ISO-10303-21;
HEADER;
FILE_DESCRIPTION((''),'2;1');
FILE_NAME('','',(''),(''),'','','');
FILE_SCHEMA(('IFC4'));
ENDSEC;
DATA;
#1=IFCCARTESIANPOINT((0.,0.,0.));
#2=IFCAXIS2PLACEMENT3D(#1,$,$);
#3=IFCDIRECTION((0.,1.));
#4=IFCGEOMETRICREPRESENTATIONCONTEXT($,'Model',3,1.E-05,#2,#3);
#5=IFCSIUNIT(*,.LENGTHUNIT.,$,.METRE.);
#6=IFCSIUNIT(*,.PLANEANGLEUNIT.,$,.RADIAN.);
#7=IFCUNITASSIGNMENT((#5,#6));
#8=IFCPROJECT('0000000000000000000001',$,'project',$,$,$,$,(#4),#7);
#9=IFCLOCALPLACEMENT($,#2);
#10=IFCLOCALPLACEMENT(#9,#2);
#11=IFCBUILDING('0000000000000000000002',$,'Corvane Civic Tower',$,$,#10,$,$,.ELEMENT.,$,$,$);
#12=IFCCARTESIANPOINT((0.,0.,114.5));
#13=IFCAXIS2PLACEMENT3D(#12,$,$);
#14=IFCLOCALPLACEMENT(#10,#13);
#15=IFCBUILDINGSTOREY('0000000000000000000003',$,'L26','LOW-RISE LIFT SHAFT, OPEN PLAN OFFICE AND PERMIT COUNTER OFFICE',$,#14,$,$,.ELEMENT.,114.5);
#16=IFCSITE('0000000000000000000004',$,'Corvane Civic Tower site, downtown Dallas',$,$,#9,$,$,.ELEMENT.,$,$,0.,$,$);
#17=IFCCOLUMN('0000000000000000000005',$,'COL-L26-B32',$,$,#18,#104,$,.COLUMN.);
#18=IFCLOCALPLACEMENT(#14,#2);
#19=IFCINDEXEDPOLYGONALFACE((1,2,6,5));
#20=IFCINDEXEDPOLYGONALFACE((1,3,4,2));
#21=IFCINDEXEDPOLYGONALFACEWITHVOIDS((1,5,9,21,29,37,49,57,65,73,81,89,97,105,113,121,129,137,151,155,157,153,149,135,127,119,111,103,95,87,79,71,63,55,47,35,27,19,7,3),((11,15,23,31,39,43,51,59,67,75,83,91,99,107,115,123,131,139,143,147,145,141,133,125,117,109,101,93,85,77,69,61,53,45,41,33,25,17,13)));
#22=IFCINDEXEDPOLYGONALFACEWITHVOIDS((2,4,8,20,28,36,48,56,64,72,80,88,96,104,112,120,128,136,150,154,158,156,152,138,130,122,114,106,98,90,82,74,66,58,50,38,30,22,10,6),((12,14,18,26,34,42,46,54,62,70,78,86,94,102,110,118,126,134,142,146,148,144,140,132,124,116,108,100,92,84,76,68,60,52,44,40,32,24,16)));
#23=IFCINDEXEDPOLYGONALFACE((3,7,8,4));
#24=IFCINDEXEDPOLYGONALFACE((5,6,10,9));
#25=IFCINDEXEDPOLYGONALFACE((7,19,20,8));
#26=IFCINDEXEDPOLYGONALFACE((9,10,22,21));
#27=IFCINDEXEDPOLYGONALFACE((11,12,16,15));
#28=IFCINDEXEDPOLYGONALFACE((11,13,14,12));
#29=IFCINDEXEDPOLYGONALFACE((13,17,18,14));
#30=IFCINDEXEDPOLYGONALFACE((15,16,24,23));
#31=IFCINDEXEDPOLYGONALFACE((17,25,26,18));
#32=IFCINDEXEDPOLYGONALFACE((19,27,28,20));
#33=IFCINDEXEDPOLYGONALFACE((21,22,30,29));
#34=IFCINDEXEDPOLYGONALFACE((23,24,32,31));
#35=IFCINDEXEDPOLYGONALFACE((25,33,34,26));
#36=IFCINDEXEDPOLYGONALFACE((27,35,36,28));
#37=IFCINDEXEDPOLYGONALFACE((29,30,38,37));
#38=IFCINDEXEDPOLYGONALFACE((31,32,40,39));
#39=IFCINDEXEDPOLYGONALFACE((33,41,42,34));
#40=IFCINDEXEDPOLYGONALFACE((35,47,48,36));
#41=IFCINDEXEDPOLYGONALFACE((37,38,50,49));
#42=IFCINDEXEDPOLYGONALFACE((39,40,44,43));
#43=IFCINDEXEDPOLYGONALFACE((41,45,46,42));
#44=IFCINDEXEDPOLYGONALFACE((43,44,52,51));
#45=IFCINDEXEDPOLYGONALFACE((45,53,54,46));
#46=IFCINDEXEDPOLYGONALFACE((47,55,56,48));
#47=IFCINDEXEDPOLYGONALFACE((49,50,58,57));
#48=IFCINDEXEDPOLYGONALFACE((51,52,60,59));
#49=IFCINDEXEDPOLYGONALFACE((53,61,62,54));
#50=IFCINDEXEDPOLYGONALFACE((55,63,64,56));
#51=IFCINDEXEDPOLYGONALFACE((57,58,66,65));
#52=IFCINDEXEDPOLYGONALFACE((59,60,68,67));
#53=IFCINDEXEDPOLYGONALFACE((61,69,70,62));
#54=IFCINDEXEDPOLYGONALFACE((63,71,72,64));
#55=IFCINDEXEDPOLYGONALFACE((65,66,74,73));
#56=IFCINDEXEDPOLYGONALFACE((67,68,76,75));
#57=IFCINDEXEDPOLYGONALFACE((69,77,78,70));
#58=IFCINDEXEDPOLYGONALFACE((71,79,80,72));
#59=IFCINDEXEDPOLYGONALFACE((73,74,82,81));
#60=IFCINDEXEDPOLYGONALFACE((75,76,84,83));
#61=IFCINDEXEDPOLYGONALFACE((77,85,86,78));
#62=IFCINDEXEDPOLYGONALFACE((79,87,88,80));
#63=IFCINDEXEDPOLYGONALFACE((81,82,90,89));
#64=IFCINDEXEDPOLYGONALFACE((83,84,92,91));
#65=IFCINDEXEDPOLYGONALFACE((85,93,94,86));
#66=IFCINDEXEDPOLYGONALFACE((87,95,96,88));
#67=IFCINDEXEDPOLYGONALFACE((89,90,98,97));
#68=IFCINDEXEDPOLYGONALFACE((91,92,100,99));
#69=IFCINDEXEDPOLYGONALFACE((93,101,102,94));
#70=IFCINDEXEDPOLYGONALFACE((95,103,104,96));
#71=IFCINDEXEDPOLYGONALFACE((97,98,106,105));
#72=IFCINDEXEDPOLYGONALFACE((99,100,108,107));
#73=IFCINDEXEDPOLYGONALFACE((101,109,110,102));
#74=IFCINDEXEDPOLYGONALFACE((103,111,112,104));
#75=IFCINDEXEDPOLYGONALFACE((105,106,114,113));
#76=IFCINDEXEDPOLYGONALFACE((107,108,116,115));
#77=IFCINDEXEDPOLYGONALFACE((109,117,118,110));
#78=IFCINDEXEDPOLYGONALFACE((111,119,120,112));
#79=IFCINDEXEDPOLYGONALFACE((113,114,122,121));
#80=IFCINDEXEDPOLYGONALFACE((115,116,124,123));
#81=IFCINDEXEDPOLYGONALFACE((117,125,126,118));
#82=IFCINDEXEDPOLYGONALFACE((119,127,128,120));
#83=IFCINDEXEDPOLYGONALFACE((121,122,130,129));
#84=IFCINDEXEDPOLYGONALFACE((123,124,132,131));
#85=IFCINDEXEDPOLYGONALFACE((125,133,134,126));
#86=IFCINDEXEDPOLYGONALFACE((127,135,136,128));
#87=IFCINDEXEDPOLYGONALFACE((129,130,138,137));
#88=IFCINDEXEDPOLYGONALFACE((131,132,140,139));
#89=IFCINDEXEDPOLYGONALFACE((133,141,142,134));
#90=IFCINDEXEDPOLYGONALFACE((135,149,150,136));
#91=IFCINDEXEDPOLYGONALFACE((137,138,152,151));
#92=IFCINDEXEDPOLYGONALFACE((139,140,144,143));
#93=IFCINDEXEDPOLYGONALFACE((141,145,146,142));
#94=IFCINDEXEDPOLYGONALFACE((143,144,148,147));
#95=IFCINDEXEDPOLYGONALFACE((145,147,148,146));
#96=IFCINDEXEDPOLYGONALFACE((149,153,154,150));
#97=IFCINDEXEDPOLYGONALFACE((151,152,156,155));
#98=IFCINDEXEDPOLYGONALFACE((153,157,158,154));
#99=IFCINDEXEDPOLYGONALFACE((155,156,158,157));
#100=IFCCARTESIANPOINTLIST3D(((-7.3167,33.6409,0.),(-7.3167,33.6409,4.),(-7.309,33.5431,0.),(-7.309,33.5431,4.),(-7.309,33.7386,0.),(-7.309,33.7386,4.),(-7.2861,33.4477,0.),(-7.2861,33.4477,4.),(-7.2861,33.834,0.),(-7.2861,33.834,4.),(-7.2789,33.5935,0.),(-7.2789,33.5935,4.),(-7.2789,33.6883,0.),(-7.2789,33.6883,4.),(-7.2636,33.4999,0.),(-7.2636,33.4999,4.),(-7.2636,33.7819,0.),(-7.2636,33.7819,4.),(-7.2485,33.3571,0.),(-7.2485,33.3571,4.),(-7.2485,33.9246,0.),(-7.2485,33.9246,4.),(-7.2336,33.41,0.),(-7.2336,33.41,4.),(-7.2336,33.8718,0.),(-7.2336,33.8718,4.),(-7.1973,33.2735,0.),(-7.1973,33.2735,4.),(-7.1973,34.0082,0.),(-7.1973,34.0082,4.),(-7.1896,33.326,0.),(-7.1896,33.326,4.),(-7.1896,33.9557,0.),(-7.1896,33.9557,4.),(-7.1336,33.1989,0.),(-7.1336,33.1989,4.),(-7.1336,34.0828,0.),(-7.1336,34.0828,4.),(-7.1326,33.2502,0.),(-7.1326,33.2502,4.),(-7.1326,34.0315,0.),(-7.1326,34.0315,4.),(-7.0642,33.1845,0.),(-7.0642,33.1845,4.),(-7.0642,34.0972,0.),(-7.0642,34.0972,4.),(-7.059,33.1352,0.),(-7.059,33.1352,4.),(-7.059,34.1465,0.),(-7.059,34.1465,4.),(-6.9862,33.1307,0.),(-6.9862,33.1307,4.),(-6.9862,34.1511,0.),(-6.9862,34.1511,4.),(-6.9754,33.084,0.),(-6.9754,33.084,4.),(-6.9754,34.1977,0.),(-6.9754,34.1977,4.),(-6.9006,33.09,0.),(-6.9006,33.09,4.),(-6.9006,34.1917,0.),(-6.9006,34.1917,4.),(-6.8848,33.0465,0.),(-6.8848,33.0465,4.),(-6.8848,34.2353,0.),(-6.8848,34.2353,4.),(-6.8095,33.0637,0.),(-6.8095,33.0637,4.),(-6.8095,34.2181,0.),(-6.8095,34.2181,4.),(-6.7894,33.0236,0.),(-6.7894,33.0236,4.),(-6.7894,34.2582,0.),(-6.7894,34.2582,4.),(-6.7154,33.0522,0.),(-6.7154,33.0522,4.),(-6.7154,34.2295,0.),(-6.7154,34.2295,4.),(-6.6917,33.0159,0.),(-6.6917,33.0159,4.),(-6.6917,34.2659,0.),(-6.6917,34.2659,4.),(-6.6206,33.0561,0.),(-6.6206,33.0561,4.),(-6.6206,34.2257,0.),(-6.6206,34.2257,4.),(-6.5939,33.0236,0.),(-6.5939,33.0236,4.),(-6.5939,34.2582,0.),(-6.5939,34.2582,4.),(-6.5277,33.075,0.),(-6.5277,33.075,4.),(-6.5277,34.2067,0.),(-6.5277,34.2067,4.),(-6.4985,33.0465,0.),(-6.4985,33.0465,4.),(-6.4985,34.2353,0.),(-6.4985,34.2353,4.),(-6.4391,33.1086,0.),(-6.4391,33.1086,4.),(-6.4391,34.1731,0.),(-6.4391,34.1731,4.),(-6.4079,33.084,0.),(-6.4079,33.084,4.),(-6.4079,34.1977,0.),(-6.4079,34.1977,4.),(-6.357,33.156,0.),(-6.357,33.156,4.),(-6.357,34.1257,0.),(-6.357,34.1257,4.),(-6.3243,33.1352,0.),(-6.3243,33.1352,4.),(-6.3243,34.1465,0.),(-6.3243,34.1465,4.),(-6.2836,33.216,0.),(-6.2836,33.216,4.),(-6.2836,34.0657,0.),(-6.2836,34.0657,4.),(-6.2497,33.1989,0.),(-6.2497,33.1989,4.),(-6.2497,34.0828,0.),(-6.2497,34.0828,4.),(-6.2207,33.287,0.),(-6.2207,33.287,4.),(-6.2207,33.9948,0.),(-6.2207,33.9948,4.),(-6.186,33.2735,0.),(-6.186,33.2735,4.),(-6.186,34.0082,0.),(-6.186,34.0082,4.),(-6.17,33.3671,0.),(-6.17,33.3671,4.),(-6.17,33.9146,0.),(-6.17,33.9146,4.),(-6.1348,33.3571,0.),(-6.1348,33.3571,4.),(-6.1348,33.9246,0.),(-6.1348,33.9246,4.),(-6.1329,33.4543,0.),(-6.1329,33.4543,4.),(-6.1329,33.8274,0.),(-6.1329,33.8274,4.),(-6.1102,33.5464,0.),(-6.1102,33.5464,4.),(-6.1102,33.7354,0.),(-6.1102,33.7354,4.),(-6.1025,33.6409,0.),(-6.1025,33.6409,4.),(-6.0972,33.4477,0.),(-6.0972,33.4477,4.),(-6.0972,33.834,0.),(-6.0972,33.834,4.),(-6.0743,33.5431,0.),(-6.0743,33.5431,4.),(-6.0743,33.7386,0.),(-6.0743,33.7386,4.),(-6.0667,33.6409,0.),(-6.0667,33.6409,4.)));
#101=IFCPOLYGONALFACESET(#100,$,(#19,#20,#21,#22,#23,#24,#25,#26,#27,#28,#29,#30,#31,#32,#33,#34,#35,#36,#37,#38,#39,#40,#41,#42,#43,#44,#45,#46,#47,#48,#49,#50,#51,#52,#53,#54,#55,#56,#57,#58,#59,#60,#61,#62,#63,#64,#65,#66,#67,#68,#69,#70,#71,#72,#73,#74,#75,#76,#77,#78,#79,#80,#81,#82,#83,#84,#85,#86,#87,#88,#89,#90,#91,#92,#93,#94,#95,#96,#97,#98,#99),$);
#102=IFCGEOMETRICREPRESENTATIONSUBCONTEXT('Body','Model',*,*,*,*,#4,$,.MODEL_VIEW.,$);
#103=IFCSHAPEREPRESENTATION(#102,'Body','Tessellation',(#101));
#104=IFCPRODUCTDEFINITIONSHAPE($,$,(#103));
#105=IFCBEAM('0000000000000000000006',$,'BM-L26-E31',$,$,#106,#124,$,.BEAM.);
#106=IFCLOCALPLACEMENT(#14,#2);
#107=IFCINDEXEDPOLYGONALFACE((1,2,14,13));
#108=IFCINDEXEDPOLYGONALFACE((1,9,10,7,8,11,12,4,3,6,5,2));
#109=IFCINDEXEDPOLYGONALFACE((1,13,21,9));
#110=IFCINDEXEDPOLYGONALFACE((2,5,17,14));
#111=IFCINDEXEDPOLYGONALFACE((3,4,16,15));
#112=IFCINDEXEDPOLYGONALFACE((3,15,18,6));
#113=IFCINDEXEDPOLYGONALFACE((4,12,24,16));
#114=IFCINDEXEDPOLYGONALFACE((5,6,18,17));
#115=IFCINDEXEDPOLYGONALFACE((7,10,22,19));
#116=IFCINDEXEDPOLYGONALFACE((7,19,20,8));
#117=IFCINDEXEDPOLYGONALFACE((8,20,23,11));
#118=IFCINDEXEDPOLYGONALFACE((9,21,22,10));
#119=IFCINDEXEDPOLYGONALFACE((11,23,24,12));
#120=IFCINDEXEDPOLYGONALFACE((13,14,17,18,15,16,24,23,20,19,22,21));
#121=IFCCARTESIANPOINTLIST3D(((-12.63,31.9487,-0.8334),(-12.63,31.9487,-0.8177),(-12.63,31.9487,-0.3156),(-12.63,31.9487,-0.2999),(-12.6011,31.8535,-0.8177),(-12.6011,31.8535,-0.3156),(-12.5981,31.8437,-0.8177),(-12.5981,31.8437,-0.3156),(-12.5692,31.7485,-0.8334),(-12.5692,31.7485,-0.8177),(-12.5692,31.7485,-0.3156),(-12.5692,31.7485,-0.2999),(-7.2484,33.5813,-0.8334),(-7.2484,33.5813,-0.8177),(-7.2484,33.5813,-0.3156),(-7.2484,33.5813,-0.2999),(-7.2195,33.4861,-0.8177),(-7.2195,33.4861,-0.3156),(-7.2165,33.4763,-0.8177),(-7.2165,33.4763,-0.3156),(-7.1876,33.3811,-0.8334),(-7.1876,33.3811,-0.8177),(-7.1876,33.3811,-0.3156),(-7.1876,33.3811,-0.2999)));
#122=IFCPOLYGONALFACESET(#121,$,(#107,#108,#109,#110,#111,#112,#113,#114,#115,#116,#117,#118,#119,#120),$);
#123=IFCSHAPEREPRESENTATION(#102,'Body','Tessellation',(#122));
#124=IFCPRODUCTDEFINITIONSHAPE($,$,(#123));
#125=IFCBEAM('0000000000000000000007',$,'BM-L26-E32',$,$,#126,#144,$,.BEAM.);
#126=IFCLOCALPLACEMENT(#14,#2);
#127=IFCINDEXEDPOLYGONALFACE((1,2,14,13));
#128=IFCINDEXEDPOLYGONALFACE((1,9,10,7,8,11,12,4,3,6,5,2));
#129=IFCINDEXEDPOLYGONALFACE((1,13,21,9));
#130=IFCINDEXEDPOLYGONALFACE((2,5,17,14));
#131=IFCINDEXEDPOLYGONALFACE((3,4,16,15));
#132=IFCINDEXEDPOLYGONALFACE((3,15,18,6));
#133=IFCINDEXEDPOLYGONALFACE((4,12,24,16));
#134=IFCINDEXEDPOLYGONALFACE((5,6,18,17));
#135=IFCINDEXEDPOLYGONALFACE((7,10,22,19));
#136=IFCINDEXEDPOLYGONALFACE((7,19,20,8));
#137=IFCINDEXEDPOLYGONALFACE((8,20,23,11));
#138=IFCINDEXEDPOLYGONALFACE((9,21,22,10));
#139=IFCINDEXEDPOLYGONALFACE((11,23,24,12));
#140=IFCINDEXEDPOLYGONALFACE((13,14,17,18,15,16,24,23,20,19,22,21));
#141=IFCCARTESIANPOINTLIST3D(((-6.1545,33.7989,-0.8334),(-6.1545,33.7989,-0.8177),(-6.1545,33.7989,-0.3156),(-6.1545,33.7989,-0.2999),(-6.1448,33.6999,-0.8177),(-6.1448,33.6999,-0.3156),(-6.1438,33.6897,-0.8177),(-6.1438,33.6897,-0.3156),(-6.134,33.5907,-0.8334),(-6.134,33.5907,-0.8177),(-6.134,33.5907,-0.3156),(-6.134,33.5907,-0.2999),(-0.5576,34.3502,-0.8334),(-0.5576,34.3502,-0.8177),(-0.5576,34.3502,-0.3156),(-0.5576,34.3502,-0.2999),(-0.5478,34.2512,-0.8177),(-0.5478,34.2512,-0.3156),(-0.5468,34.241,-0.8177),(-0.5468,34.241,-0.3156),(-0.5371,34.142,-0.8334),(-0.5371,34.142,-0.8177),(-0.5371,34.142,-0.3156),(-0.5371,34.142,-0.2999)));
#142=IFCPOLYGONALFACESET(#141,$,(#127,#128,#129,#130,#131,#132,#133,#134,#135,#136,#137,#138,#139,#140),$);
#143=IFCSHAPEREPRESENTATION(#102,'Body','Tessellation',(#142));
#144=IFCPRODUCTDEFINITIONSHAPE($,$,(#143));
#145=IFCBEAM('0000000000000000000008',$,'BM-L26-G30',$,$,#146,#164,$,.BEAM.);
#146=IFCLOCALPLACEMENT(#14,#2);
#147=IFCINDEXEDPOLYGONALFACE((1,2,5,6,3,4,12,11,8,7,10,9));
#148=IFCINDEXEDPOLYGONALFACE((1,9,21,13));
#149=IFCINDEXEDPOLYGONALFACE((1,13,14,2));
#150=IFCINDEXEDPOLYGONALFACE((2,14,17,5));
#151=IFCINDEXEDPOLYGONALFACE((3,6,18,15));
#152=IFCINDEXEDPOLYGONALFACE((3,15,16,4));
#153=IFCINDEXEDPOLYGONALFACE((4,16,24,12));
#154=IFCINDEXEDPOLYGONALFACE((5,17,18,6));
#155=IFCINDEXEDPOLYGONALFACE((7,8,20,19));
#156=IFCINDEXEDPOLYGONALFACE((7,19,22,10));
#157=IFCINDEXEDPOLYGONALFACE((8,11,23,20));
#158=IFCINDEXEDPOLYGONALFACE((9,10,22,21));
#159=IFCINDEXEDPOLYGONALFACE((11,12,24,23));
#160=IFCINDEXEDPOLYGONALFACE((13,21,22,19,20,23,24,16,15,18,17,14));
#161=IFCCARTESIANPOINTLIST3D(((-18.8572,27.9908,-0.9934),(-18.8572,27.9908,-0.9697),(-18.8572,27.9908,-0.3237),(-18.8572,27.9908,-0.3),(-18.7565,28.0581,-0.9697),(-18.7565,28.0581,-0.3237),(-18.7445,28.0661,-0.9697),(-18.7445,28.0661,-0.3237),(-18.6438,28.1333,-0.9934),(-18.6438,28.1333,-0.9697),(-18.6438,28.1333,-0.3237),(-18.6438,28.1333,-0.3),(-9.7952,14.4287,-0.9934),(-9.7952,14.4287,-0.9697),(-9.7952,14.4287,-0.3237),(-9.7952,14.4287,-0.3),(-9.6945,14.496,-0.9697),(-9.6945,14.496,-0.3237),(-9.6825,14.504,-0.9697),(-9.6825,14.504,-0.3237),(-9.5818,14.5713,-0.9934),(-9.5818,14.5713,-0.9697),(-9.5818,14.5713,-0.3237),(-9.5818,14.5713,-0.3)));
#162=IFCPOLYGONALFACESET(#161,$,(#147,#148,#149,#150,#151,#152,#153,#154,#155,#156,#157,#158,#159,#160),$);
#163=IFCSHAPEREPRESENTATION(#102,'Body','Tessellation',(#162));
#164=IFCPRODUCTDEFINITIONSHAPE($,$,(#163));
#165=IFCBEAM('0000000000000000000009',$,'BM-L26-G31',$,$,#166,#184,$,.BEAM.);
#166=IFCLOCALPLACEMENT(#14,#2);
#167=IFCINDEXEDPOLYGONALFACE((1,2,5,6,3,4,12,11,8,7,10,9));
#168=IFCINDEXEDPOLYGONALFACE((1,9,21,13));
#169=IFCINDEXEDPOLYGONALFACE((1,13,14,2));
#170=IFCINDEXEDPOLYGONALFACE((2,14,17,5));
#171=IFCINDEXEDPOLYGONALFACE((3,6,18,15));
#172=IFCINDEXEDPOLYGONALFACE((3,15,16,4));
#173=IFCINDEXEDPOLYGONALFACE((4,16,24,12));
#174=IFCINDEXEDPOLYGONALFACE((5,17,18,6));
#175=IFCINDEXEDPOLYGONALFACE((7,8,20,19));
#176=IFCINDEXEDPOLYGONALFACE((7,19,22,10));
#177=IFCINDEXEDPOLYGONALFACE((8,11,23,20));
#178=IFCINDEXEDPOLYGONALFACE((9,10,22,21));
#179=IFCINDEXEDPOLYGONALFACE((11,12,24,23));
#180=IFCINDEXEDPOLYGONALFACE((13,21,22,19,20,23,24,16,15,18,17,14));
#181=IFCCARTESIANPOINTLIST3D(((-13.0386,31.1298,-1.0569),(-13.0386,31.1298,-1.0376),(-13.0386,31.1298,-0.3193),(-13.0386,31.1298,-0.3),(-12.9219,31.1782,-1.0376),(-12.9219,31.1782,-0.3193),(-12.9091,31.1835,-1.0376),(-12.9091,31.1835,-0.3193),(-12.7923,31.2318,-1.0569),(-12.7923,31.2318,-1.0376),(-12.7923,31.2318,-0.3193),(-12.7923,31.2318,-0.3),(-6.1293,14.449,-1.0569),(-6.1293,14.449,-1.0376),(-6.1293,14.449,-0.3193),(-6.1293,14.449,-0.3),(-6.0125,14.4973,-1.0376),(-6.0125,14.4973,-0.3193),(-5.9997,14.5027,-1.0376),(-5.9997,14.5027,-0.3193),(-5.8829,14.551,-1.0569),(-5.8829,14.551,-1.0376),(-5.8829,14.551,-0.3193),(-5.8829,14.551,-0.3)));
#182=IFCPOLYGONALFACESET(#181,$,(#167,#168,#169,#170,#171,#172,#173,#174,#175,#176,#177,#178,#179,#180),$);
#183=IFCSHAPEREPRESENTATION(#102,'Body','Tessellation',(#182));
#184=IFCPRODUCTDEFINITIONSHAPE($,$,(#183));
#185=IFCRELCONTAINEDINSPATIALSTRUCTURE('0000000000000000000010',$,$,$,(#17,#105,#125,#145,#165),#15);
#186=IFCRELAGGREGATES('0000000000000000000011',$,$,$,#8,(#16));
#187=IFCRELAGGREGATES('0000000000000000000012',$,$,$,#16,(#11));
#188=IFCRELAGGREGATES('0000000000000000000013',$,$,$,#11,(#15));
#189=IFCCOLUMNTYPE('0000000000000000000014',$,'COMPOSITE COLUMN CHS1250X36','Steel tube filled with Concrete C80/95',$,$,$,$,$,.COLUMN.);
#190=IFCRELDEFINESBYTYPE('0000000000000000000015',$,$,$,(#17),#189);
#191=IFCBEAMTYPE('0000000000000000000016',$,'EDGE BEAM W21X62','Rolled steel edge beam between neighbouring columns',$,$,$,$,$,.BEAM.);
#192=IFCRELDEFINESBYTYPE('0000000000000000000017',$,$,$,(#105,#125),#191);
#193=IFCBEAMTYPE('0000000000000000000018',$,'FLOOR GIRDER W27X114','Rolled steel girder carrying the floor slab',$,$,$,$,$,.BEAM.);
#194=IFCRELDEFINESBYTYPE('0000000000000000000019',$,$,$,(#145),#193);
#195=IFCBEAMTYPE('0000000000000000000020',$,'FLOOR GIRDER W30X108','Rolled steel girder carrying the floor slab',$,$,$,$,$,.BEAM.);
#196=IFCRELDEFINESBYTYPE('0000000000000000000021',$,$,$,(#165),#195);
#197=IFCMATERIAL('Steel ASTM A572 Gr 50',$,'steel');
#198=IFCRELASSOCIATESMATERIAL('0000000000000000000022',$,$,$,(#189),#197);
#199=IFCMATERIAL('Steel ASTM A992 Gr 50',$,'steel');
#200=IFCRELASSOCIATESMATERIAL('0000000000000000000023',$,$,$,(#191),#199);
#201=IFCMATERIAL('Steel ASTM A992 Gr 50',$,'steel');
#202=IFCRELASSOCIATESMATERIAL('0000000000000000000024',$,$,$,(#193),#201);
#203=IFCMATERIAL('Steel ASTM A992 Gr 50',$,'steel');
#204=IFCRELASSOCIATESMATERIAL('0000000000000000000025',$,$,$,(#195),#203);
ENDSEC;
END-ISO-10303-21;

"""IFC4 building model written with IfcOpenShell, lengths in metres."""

from ifc_helpers import new_model, si_unit, direction, frame, origin, origin_2d, place, context, subcontext, project, spatial, hollow_circle, i_section, extrude, material, material_profile, profile_set, type_object, element, save


model = new_model("IFC4")

# Units and contexts
model_context = context("Model", 3, precision=1e-05, world=origin(), true_north=direction((0.0, 1.0)))
body_context = subcontext(model_context, "Body", "Model", "MODEL_VIEW")
ifc_project = project(units=[si_unit("LENGTHUNIT", "METRE"), si_unit("PLANEANGLEUNIT", "RADIAN")], contexts=[model_context])

# Site, building, storey
site_placement = place(None, origin())
site = spatial("IfcSite", under=ifc_project, at=site_placement, Name="Corvane Civic Tower site, downtown Dallas", CompositionType="ELEMENT", RefElevation=0.0)
building_placement = place(site_placement, origin())
building = spatial("IfcBuilding", under=site, at=building_placement, Name="Corvane Civic Tower", CompositionType="ELEMENT")
storey_placement = place(building_placement, frame((0.0, 0.0, 114.5)))
storey = spatial("IfcBuildingStorey", under=building, at=storey_placement, Name="L26", Description="LOW-RISE LIFT SHAFT, OPEN PLAN OFFICE AND PERMIT COUNTER OFFICE", CompositionType="ELEMENT", Elevation=114.5)

# Column
ifc_material_1 = material(Name="Steel ASTM A572 Gr 50", Category="steel")
ifc_material_profile_1 = material_profile(ifc_material_1, hollow_circle(Radius=0.625, WallThickness=0.0359, at=origin_2d()), Name="CHS1250X36")
ifc_profile_set_1 = profile_set([ifc_material_profile_1], Name="Steel ASTM A572 Gr 50")
column_type = type_object("IfcColumnType", Name="COMPOSITE COLUMN CHS1250X36", Description="Steel tube filled with Concrete C80/95", PredefinedType="COLUMN", material=ifc_profile_set_1)
for number, where, z_axis, x_axis, name in (
    (1, (-6.6917, 33.6409, 0.0), (0.0, 0.0, 1.0), (1.0, 0.0, 0.0), "COL-L26-B32"),
):
    element("IfcColumn", number, at=place(storey_placement, frame(where, z_axis=z_axis, x_axis=x_axis)), inside=storey, type_object=column_type, Name=name, PredefinedType="COLUMN", context=body_context, shape_type="SweptSolid", body=[
        extrude(hollow_circle(Radius=0.625, WallThickness=0.0359, at=origin_2d()), origin(), (0.0, 0.0, 1.0), 4.0),
    ])

# Beams
ifc_material_2 = material(Name="Steel ASTM A992 Gr 50", Category="steel")
ifc_material_profile_2 = material_profile(ifc_material_2, i_section(OverallWidth=0.2092, OverallDepth=0.5334, WebThickness=0.0103, FlangeThickness=0.0156, at=origin_2d()), Name="W21X62")
ifc_profile_set_2 = profile_set([ifc_material_profile_2], Name="Steel ASTM A992 Gr 50")
beam_type_1 = type_object("IfcBeamType", Name="EDGE BEAM W21X62", Description="Rolled steel edge beam between neighbouring columns", PredefinedType="BEAM", material=ifc_profile_set_2)
beam_1_placement = place(storey_placement, frame((-12.5996, 31.8486, -0.5667), z_axis=(0.956936, 0.290298, 0.0), x_axis=(-0.290298, 0.956936, 0.0)))
element("IfcBeam", 2, at=beam_1_placement, inside=storey, type_object=beam_type_1, Name="BM-L26-E31", PredefinedType="BEAM", context=body_context, shape_type="SweptSolid", body=[
    extrude(i_section(OverallWidth=0.2092, OverallDepth=0.5334, WebThickness=0.0103, FlangeThickness=0.0156, at=origin_2d()), origin(), (0.0, 0.0, 1.0), 5.6238),
])
beam_2_placement = place(storey_placement, frame((-6.1443, 33.6948, -0.5667), z_axis=(0.995184, 0.098021, 0.0), x_axis=(-0.098021, 0.995184, 0.0)))
element("IfcBeam", 3, at=beam_2_placement, inside=storey, type_object=beam_type_1, Name="BM-L26-E32", PredefinedType="BEAM", context=body_context, shape_type="SweptSolid", body=[
    extrude(i_section(OverallWidth=0.2092, OverallDepth=0.5334, WebThickness=0.0103, FlangeThickness=0.0156, at=origin_2d()), origin(), (0.0, 0.0, 1.0), 5.624),
])
ifc_material_3 = material(Name="Steel ASTM A992 Gr 50", Category="steel")
ifc_material_profile_3 = material_profile(ifc_material_3, i_section(OverallWidth=0.2566, OverallDepth=0.6934, WebThickness=0.0144, FlangeThickness=0.0237, at=origin_2d()), Name="W27X114")
ifc_profile_set_3 = profile_set([ifc_material_profile_3], Name="Steel ASTM A992 Gr 50")
beam_type_2 = type_object("IfcBeamType", Name="FLOOR GIRDER W27X114", Description="Rolled steel girder carrying the floor slab", PredefinedType="BEAM", material=ifc_profile_set_3)
beam_3_placement = place(storey_placement, frame((-9.6885, 14.5, -0.6467), z_axis=(-0.555577, 0.831465, 0.0), x_axis=(-0.831465, -0.555577, 0.0)))
element("IfcBeam", 4, at=beam_3_placement, inside=storey, type_object=beam_type_2, Name="BM-L26-G30", PredefinedType="BEAM", context=body_context, shape_type="SweptSolid", body=[
    extrude(i_section(OverallWidth=0.2566, OverallDepth=0.6934, WebThickness=0.0144, FlangeThickness=0.0237, at=origin_2d()), origin(), (0.0, 0.0, 1.0), 16.311),
])
ifc_material_4 = material(Name="Steel ASTM A992 Gr 50", Category="steel")
ifc_material_profile_4 = material_profile(ifc_material_4, i_section(OverallWidth=0.2666, OverallDepth=0.7568, WebThickness=0.0139, FlangeThickness=0.0193, at=origin_2d()), Name="W30X108")
ifc_profile_set_4 = profile_set([ifc_material_profile_4], Name="Steel ASTM A992 Gr 50")
beam_type_3 = type_object("IfcBeamType", Name="FLOOR GIRDER W30X108", Description="Rolled steel girder carrying the floor slab", PredefinedType="BEAM", material=ifc_profile_set_4)
beam_4_placement = place(storey_placement, frame((-6.0061, 14.5, -0.6785), z_axis=(-0.382682, 0.92388, 0.0), x_axis=(-0.92388, -0.382682, 0.0)))
element("IfcBeam", 5, at=beam_4_placement, inside=storey, type_object=beam_type_3, Name="BM-L26-G31", PredefinedType="BEAM", context=body_context, shape_type="SweptSolid", body=[
    extrude(i_section(OverallWidth=0.2666, OverallDepth=0.7568, WebThickness=0.0139, FlangeThickness=0.0193, at=origin_2d()), origin(), (0.0, 0.0, 1.0), 18.0552),
])

save(model, "model.ifc")
